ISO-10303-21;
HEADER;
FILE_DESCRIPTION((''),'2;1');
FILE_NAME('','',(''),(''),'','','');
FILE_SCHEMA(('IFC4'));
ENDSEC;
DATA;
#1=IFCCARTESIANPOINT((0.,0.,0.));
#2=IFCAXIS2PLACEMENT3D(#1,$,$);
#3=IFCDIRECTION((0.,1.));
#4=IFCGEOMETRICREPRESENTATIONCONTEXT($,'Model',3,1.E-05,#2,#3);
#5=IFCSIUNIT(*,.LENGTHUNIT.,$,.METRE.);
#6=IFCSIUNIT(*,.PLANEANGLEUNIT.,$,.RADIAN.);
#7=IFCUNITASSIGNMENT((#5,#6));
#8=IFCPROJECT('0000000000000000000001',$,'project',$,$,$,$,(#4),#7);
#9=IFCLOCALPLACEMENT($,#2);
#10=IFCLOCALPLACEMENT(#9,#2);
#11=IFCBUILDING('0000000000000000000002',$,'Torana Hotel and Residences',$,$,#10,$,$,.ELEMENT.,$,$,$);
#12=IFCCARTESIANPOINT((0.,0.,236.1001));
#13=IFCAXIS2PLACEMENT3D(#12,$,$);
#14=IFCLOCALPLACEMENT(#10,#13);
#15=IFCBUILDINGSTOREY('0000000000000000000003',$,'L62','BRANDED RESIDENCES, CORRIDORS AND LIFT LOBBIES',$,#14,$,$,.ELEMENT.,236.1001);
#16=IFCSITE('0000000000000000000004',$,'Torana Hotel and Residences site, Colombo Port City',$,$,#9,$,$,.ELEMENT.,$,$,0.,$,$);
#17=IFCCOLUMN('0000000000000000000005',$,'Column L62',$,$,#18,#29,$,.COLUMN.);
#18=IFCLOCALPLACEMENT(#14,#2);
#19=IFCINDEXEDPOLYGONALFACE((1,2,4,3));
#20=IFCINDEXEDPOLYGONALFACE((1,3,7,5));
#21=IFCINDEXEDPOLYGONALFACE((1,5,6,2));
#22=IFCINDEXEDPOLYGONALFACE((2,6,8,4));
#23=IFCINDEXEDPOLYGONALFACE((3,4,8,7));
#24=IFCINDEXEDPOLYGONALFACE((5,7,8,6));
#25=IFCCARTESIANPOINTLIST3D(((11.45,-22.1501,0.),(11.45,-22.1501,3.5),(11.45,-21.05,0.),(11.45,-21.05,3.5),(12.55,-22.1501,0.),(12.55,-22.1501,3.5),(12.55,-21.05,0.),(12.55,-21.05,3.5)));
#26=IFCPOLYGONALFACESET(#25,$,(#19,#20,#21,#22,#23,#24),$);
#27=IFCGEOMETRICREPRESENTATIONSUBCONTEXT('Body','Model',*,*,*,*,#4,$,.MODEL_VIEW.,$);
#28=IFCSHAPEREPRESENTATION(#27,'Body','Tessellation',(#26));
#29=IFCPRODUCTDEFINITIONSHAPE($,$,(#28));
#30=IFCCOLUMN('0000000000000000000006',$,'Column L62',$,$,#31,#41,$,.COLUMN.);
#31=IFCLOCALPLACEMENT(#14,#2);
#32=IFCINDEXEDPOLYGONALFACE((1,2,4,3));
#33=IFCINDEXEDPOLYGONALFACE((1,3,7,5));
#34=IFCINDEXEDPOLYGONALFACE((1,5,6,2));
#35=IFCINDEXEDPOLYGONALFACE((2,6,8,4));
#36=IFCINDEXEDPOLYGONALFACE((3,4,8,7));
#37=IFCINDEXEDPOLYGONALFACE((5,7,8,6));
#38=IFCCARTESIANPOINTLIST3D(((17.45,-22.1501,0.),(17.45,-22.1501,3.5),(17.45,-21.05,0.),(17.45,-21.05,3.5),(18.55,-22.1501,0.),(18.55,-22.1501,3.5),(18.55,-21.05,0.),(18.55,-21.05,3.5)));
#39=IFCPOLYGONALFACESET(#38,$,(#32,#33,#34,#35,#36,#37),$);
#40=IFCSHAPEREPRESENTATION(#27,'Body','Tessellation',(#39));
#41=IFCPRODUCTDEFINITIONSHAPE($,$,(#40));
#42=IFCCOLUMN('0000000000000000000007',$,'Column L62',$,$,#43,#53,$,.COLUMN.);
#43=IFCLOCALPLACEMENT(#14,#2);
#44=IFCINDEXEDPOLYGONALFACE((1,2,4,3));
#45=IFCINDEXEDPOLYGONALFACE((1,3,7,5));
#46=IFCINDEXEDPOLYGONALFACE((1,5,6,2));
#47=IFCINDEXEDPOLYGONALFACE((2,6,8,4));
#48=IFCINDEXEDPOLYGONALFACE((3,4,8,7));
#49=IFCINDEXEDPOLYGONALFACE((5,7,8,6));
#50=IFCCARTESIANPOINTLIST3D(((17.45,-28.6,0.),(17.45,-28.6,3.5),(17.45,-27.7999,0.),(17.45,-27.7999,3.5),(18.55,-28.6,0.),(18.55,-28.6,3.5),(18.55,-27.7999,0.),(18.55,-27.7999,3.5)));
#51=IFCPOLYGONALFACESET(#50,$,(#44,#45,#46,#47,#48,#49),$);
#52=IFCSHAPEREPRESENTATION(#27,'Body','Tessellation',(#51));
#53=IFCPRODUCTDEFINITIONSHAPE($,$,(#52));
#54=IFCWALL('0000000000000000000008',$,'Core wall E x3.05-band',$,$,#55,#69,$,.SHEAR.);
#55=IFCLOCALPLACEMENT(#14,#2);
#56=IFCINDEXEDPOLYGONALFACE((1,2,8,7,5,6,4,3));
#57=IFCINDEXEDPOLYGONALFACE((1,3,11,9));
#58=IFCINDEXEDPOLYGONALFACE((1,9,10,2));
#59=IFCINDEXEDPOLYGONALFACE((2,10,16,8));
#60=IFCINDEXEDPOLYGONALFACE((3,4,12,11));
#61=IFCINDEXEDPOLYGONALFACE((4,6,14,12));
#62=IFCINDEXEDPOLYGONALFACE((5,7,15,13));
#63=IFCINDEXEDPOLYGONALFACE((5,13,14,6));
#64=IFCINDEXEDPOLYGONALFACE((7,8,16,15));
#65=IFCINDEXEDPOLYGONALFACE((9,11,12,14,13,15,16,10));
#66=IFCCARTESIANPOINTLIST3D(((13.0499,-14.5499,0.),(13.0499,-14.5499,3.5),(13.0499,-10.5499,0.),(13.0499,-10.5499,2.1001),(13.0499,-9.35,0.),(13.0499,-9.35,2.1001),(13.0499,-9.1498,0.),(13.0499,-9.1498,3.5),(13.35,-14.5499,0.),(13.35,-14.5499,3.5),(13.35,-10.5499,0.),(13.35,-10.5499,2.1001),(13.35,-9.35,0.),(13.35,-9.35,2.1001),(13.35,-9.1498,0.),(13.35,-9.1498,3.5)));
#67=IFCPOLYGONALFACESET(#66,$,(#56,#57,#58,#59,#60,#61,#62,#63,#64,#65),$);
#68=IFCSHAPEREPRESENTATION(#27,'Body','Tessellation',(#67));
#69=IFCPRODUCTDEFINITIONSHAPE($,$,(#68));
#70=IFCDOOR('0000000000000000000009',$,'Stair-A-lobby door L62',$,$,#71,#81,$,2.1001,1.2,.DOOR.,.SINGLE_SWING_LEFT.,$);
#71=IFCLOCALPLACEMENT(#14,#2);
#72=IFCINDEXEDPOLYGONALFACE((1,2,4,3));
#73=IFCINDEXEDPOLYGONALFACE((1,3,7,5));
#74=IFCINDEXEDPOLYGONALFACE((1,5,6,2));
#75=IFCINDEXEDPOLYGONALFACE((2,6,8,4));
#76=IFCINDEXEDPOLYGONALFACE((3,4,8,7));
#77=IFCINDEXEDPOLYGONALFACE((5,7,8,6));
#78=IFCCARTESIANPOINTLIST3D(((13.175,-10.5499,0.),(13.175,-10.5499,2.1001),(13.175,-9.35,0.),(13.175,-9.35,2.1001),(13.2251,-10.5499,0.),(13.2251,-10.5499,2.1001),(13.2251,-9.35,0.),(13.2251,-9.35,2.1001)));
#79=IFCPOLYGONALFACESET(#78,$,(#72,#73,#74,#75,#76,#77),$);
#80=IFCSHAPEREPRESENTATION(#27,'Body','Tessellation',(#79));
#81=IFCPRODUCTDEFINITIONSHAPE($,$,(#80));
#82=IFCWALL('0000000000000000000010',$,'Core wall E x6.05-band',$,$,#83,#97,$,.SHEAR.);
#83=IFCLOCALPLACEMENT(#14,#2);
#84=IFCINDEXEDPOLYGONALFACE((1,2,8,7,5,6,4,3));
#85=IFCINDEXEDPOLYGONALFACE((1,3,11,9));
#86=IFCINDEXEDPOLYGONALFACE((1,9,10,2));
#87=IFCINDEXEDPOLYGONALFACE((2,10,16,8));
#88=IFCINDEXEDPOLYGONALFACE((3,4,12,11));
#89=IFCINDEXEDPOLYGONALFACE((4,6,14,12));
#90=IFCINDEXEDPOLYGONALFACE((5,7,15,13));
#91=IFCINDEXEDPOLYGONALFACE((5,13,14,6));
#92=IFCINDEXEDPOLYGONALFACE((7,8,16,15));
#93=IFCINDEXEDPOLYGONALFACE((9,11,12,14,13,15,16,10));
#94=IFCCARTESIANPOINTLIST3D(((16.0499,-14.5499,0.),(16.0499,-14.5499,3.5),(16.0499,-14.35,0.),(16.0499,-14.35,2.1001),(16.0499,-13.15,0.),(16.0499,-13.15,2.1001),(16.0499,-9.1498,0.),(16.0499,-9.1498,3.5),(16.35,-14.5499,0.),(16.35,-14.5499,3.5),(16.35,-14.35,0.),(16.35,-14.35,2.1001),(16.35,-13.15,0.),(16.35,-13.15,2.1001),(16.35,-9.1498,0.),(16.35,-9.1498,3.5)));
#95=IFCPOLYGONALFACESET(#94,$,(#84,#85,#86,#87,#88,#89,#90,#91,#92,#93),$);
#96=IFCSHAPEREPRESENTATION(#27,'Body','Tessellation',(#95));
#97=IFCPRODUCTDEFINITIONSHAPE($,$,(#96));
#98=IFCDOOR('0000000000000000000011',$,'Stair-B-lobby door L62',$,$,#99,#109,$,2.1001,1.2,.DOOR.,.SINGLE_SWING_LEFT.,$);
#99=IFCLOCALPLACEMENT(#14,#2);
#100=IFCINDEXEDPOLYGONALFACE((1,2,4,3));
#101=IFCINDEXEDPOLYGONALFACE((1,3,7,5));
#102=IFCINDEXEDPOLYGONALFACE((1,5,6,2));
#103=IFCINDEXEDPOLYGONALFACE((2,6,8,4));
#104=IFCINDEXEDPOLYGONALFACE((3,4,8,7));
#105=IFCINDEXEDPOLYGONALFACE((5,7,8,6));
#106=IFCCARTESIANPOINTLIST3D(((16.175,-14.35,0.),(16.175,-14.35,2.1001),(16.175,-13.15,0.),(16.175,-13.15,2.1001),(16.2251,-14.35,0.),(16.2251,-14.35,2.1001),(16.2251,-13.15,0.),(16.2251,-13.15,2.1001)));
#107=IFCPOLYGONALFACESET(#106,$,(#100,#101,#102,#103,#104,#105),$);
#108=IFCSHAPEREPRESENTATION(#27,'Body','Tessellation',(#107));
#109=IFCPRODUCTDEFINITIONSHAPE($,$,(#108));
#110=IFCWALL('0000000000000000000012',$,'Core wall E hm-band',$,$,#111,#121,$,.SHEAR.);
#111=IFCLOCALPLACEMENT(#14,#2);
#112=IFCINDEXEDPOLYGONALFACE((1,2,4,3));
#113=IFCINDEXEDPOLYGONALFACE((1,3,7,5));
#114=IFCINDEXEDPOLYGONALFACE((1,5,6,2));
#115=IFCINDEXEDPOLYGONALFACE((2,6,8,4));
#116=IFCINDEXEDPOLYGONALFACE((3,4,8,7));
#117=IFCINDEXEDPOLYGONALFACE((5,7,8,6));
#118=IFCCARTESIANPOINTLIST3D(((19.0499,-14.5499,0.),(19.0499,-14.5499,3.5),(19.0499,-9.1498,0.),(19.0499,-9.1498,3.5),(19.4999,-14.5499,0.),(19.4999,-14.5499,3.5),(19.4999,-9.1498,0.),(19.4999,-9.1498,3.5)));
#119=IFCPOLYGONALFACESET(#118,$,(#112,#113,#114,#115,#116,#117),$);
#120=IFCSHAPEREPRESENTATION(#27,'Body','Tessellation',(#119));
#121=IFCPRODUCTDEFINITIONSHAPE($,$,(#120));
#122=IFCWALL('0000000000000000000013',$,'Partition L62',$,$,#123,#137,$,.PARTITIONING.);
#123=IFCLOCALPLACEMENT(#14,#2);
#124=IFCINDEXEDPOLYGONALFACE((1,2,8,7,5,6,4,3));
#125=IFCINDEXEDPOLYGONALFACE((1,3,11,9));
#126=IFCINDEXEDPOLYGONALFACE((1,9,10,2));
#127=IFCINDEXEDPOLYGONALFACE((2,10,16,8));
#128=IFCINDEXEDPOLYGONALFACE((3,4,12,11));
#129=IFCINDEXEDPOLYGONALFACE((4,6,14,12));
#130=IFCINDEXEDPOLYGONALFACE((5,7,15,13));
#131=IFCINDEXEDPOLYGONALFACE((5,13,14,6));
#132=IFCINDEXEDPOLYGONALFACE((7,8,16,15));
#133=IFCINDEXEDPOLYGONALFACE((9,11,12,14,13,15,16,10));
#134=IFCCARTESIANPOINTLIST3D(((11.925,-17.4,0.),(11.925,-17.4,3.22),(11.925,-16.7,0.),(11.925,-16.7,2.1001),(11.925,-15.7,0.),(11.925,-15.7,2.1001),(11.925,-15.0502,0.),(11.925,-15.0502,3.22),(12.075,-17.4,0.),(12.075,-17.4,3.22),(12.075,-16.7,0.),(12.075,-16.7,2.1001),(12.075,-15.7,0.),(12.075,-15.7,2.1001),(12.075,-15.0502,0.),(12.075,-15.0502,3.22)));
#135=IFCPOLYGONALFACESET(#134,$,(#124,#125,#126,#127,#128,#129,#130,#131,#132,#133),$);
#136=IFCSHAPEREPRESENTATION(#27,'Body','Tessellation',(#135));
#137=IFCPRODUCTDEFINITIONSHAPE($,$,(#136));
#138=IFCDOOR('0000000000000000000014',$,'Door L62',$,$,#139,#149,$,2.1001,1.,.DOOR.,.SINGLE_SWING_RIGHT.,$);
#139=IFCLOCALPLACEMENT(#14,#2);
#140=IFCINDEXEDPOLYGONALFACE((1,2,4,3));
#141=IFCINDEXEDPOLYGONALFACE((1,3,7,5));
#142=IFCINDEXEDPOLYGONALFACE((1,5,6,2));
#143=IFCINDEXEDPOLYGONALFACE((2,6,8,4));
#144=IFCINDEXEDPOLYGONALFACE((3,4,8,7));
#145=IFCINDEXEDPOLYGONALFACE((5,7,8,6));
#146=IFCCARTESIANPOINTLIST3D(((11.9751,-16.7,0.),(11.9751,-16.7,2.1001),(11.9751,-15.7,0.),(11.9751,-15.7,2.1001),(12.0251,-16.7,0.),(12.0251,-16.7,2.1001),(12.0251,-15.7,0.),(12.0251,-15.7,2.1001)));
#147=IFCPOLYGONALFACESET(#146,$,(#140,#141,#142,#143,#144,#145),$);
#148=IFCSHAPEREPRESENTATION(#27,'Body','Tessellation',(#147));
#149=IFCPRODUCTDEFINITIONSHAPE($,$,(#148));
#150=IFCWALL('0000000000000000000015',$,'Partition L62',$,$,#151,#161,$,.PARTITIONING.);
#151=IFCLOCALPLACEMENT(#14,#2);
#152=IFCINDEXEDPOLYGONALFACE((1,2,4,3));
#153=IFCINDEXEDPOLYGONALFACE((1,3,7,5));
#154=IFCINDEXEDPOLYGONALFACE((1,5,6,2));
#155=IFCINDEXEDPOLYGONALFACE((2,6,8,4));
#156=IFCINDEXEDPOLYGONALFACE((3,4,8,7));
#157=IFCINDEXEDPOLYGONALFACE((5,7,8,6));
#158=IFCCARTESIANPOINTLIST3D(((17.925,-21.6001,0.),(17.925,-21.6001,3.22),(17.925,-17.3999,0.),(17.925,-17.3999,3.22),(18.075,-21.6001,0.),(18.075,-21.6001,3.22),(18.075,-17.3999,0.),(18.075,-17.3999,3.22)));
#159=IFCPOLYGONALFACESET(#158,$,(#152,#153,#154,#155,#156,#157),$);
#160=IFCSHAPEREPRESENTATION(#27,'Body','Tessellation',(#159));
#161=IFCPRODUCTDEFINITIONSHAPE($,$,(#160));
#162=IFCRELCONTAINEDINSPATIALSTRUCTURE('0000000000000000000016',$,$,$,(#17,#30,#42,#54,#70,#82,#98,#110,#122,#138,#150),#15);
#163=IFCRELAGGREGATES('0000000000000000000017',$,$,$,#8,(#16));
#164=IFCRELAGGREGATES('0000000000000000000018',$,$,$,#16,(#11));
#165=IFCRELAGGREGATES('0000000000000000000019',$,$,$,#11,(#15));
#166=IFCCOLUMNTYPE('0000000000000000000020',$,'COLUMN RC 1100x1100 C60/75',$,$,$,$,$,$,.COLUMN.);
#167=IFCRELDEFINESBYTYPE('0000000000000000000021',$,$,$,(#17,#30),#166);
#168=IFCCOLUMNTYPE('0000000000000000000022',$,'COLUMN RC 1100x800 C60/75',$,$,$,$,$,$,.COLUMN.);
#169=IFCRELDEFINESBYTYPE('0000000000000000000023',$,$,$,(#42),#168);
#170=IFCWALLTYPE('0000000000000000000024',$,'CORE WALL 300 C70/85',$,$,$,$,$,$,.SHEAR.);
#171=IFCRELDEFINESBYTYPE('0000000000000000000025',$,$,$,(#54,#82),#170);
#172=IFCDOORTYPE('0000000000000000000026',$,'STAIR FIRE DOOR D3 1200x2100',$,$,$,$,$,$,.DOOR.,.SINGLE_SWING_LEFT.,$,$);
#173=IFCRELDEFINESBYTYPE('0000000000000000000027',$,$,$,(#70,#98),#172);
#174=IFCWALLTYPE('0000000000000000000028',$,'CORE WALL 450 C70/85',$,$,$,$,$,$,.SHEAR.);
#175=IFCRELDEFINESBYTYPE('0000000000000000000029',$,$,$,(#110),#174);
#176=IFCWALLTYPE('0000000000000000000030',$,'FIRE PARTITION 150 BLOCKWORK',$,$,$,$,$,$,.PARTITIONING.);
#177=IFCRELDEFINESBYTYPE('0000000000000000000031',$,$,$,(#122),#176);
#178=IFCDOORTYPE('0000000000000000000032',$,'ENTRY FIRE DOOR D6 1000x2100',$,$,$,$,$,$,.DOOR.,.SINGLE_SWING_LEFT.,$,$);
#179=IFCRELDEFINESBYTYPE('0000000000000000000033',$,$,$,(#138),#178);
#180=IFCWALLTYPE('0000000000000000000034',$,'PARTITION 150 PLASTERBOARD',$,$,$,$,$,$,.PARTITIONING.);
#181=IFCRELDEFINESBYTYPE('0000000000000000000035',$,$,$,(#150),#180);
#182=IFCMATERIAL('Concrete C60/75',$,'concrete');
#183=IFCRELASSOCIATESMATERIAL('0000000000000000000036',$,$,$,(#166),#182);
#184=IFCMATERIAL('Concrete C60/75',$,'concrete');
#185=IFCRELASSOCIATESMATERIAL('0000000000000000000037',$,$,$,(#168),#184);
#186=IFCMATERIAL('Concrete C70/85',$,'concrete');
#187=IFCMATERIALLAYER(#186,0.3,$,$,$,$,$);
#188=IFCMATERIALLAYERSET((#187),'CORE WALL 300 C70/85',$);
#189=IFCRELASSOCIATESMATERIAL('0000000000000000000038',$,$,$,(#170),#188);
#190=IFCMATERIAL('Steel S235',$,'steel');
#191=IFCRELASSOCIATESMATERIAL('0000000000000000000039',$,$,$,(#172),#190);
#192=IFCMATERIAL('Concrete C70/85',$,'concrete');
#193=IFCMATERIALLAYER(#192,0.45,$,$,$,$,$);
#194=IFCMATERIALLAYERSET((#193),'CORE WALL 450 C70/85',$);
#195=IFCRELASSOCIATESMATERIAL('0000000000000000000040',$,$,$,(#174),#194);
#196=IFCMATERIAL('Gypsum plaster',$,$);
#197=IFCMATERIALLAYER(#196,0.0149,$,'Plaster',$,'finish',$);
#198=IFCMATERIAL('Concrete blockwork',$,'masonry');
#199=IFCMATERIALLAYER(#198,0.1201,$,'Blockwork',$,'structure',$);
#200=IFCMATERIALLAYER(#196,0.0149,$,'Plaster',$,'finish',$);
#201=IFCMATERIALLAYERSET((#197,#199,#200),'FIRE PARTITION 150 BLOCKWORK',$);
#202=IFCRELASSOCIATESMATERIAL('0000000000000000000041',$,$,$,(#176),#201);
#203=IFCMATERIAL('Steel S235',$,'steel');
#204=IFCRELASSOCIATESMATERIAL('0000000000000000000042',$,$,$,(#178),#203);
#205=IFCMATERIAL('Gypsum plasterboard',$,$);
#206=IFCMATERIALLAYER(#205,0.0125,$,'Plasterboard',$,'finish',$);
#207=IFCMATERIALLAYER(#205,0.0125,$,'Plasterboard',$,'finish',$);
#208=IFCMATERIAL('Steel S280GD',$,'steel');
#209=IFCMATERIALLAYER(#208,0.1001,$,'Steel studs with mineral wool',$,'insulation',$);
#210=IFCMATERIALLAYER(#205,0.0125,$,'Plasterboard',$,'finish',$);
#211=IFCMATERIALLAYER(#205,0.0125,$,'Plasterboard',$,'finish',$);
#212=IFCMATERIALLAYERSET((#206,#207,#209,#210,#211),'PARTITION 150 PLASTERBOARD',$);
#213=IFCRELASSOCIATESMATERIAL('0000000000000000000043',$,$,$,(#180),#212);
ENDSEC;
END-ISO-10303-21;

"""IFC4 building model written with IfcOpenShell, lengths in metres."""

from ifc_helpers import new_model, si_unit, direction, frame, frame_2d, origin, origin_2d, place, context, subcontext, project, spatial, rectangle, extrude, material, layer, layer_set, material_profile, profile_set, type_object, element, fill, save


model = new_model("IFC4")

# Units and contexts
model_context = context("Model", 3, precision=1e-05, world=origin(), true_north=direction((0.0, 1.0)))
body_context = subcontext(model_context, "Body", "Model", "MODEL_VIEW")
ifc_project = project(units=[si_unit("LENGTHUNIT", "METRE"), si_unit("PLANEANGLEUNIT", "RADIAN")], contexts=[model_context])

# Site, building, storey
site_placement = place(None, origin())
site = spatial("IfcSite", under=ifc_project, at=site_placement, Name="Torana Hotel and Residences site, Colombo Port City", CompositionType="ELEMENT", RefElevation=0.0)
building_placement = place(site_placement, origin())
building = spatial("IfcBuilding", under=site, at=building_placement, Name="Torana Hotel and Residences", CompositionType="ELEMENT")
storey_placement = place(building_placement, frame((0.0, 0.0, 236.1001)))
storey = spatial("IfcBuildingStorey", under=building, at=storey_placement, Name="L62", Description="BRANDED RESIDENCES, CORRIDORS AND LIFT LOBBIES", CompositionType="ELEMENT", Elevation=236.1001)

# Columns
ifc_material_1 = material(Name="Concrete C60/75", Category="concrete")
ifc_material_profile_1 = material_profile(ifc_material_1, rectangle(XDim=1.1001, YDim=1.1001, at=origin_2d()), Name="RC 1100x1100")
ifc_profile_set_1 = profile_set([ifc_material_profile_1], Name="Concrete C60/75")
column_type_1 = type_object("IfcColumnType", Name="COLUMN RC 1100x1100 C60/75", PredefinedType="COLUMN", material=ifc_profile_set_1)
for number, where, z_axis, x_axis, name in (
    (1, (12.0, -21.6001, 0.0), (0.0, 0.0, 1.0), (1.0, 0.0, 0.0), "Column L62"),
    (2, (18.0, -21.6001, 0.0), (0.0, 0.0, 1.0), (1.0, 0.0, 0.0), "Column L62"),
):
    element("IfcColumn", number, at=place(storey_placement, frame(where, z_axis=z_axis, x_axis=x_axis)), inside=storey, type_object=column_type_1, Name=name, PredefinedType="COLUMN", context=body_context, shape_type="SweptSolid", body=[
        extrude(rectangle(XDim=1.1001, YDim=1.1001, at=origin_2d()), origin(), (0.0, 0.0, 1.0), 3.5),
    ])
ifc_material_2 = material(Name="Concrete C60/75", Category="concrete")
ifc_material_profile_2 = material_profile(ifc_material_2, rectangle(XDim=1.1001, YDim=0.8, at=origin_2d()), Name="RC 1100x800")
ifc_profile_set_2 = profile_set([ifc_material_profile_2], Name="Concrete C60/75")
column_type_2 = type_object("IfcColumnType", Name="COLUMN RC 1100x800 C60/75", PredefinedType="COLUMN", material=ifc_profile_set_2)
column_placement = place(storey_placement, frame((18.0, -28.2, 0.0), z_axis=(0.0, 0.0, 1.0), x_axis=(1.0, 0.0, 0.0)))
element("IfcColumn", 3, at=column_placement, inside=storey, type_object=column_type_2, Name="Column L62", PredefinedType="COLUMN", context=body_context, shape_type="SweptSolid", body=[
    extrude(rectangle(XDim=1.1001, YDim=0.8, at=origin_2d()), origin(), (0.0, 0.0, 1.0), 3.5),
])

# Walls, openings, doors
ifc_material_3 = material(Name="Concrete C70/85", Category="concrete")
ifc_layer_1 = layer(ifc_material_3, 0.3)
ifc_layer_set_1 = layer_set([ifc_layer_1], Name="CORE WALL 300 C70/85")
wall_type_1 = type_object("IfcWallType", Name="CORE WALL 300 C70/85", PredefinedType="SHEAR", material=ifc_layer_set_1)
wall_1_placement = place(storey_placement, frame((13.2, -14.55, 0.0), z_axis=(0.0, 0.0, 1.0), x_axis=(0.0, 1.0, 0.0)))
wall_1 = element("IfcWall", 4, at=wall_1_placement, inside=storey, type_object=wall_type_1, Name="Core wall E x3.05-band", PredefinedType="SHEAR", context=body_context, shape_type="SweptSolid", body=[
    extrude(rectangle(XDim=5.4001, YDim=0.3, at=frame_2d((2.7002, 0.0))), origin(), (0.0, 0.0, 1.0), 3.5),
])
opening_1_placement = place(wall_1_placement, frame((4.0, 0.0, 0.0)))
opening_1 = element("IfcOpeningElement", 5, at=opening_1_placement, cuts=wall_1, PredefinedType="OPENING", context=body_context, shape_type="SweptSolid", body=[
    extrude(rectangle(XDim=1.2, YDim=2.1001, at=frame_2d((0.6001, 1.05))), frame((0.0, 0.1599, 0.0), z_axis=(0.0, -1.0, 0.0), x_axis=(1.0, 0.0, 0.0)), (0.0, 0.0, 1.0), 0.3201),
])
ifc_material_4 = material(Name="Steel S235", Category="steel")
door_type_1 = type_object("IfcDoorType", Name="STAIR FIRE DOOR D3 1200x2100", OperationType="SINGLE_SWING_LEFT", PredefinedType="DOOR", material=ifc_material_4)
door_1_placement = place(opening_1_placement, origin())
door_1 = element("IfcDoor", 6, at=door_1_placement, inside=storey, type_object=door_type_1, Name="Stair-A-lobby door L62", OperationType="SINGLE_SWING_LEFT", OverallHeight=2.1001, OverallWidth=1.2, PredefinedType="DOOR", context=body_context, shape_type="SweptSolid", body=[
    extrude(rectangle(XDim=1.2, YDim=2.1001, at=frame_2d((0.6001, 1.05))), frame((0.0, 0.0249, 0.0), z_axis=(0.0, -1.0, 0.0), x_axis=(1.0, 0.0, 0.0)), (0.0, 0.0, 1.0), 0.05),
])
fill(opening_1, door_1)
wall_2_placement = place(storey_placement, frame((16.2, -14.55, 0.0), z_axis=(0.0, 0.0, 1.0), x_axis=(0.0, 1.0, 0.0)))
wall_2 = element("IfcWall", 7, at=wall_2_placement, inside=storey, type_object=wall_type_1, Name="Core wall E x6.05-band", PredefinedType="SHEAR", context=body_context, shape_type="SweptSolid", body=[
    extrude(rectangle(XDim=5.4001, YDim=0.3, at=frame_2d((2.7002, 0.0))), origin(), (0.0, 0.0, 1.0), 3.5),
])
opening_2_placement = place(wall_2_placement, frame((0.2, 0.0, 0.0)))
opening_2 = element("IfcOpeningElement", 8, at=opening_2_placement, cuts=wall_2, PredefinedType="OPENING", context=body_context, shape_type="SweptSolid", body=[
    extrude(rectangle(XDim=1.2, YDim=2.1001, at=frame_2d((0.6001, 1.05))), frame((0.0, 0.1599, 0.0), z_axis=(0.0, -1.0, 0.0), x_axis=(1.0, 0.0, 0.0)), (0.0, 0.0, 1.0), 0.3201),
])
door_2_placement = place(opening_2_placement, frame((0.6001, 0.0, 0.0), z_axis=(0.0, 0.0, 1.0), x_axis=(-1.0, 0.0, 0.0)))
door_2 = element("IfcDoor", 9, at=door_2_placement, inside=storey, type_object=door_type_1, Name="Stair-B-lobby door L62", OperationType="SINGLE_SWING_LEFT", OverallHeight=2.1001, OverallWidth=1.2, PredefinedType="DOOR", context=body_context, shape_type="SweptSolid", body=[
    extrude(rectangle(XDim=1.2, YDim=2.1001, at=frame_2d((0.0, 1.05))), frame((0.0, -0.0249, 0.0), z_axis=(0.0, 1.0, 0.0), x_axis=(-1.0, 0.0, 0.0)), (0.0, 0.0, 1.0), 0.05),
])
fill(opening_2, door_2)

# Wall
ifc_material_5 = material(Name="Concrete C70/85", Category="concrete")
ifc_layer_2 = layer(ifc_material_5, 0.45)
ifc_layer_set_2 = layer_set([ifc_layer_2], Name="CORE WALL 450 C70/85")
wall_type_2 = type_object("IfcWallType", Name="CORE WALL 450 C70/85", PredefinedType="SHEAR", material=ifc_layer_set_2)
wall_3_placement = place(storey_placement, frame((19.2749, -14.55, 0.0), z_axis=(0.0, 0.0, 1.0), x_axis=(0.0, 1.0, 0.0)))
element("IfcWall", 10, at=wall_3_placement, inside=storey, type_object=wall_type_2, Name="Core wall E hm-band", PredefinedType="SHEAR", context=body_context, shape_type="SweptSolid", body=[
    extrude(rectangle(XDim=5.4001, YDim=0.45, at=frame_2d((2.7002, 0.0))), origin(), (0.0, 0.0, 1.0), 3.5),
])

# Wall, opening, door
ifc_material_6 = material(Name="Gypsum plaster")
ifc_layer_3 = layer(ifc_material_6, 0.0149, Name="Plaster", Category="finish")
ifc_material_7 = material(Name="Concrete blockwork", Category="masonry")
ifc_layer_4 = layer(ifc_material_7, 0.1201, Name="Blockwork", Category="structure")
ifc_layer_5 = layer(ifc_material_6, 0.0149, Name="Plaster", Category="finish")
ifc_layer_set_3 = layer_set([ifc_layer_3, ifc_layer_4, ifc_layer_5], Name="FIRE PARTITION 150 BLOCKWORK")
wall_type_3 = type_object("IfcWallType", Name="FIRE PARTITION 150 BLOCKWORK", PredefinedType="PARTITIONING", material=ifc_layer_set_3)
wall_4_placement = place(storey_placement, frame((12.0, -17.3999, 0.0), z_axis=(0.0, 0.0, 1.0), x_axis=(0.0, 1.0, 0.0)))
wall_4 = element("IfcWall", 11, at=wall_4_placement, inside=storey, type_object=wall_type_3, Name="Partition L62", PredefinedType="PARTITIONING", context=body_context, shape_type="SweptSolid", body=[
    extrude(rectangle(XDim=2.3499, YDim=0.1499, at=frame_2d((1.1748, 0.0))), origin(), (0.0, 0.0, 1.0), 3.22),
])
opening_3_placement = place(wall_4_placement, frame((0.7, 0.0, 0.0)))
opening_3 = element("IfcOpeningElement", 12, at=opening_3_placement, cuts=wall_4, PredefinedType="OPENING", context=body_context, shape_type="SweptSolid", body=[
    extrude(rectangle(XDim=1.0, YDim=2.1001, at=frame_2d((0.5, 1.05))), frame((0.0, 0.085, 0.0), z_axis=(0.0, -1.0, 0.0), x_axis=(1.0, 0.0, 0.0)), (0.0, 0.0, 1.0), 0.1699),
])
ifc_material_8 = material(Name="Steel S235", Category="steel")
door_type_2 = type_object("IfcDoorType", Name="ENTRY FIRE DOOR D6 1000x2100", OperationType="SINGLE_SWING_LEFT", PredefinedType="DOOR", material=ifc_material_8)
door_3_placement = place(opening_3_placement, origin())
door_3 = element("IfcDoor", 13, at=door_3_placement, inside=storey, type_object=door_type_2, Name="Door L62", OperationType="SINGLE_SWING_RIGHT", OverallHeight=2.1001, OverallWidth=1.0, PredefinedType="DOOR", context=body_context, shape_type="SweptSolid", body=[
    extrude(rectangle(XDim=1.0, YDim=2.1001, at=frame_2d((0.5, 1.05))), frame((0.0, 0.0249, 0.0), z_axis=(0.0, -1.0, 0.0), x_axis=(1.0, 0.0, 0.0)), (0.0, 0.0, 1.0), 0.05),
])
fill(opening_3, door_3)

# Wall
ifc_material_9 = material(Name="Gypsum plasterboard")
ifc_layer_6 = layer(ifc_material_9, 0.0125, Name="Plasterboard", Category="finish")
ifc_layer_7 = layer(ifc_material_9, 0.0125, Name="Plasterboard", Category="finish")
ifc_material_10 = material(Name="Steel S280GD", Category="steel")
ifc_layer_8 = layer(ifc_material_10, 0.1001, Name="Steel studs with mineral wool", Category="insulation")
ifc_layer_9 = layer(ifc_material_9, 0.0125, Name="Plasterboard", Category="finish")
ifc_layer_10 = layer(ifc_material_9, 0.0125, Name="Plasterboard", Category="finish")
ifc_layer_set_4 = layer_set([ifc_layer_6, ifc_layer_7, ifc_layer_8, ifc_layer_9, ifc_layer_10], Name="PARTITION 150 PLASTERBOARD")
wall_type_4 = type_object("IfcWallType", Name="PARTITION 150 PLASTERBOARD", PredefinedType="PARTITIONING", material=ifc_layer_set_4)
wall_5_placement = place(storey_placement, frame((18.0, -21.6001, 0.0), z_axis=(0.0, 0.0, 1.0), x_axis=(0.0, 1.0, 0.0)))
element("IfcWall", 14, at=wall_5_placement, inside=storey, type_object=wall_type_4, Name="Partition L62", PredefinedType="PARTITIONING", context=body_context, shape_type="SweptSolid", body=[
    extrude(rectangle(XDim=4.2002, YDim=0.1499, at=frame_2d((2.1001, 0.0))), origin(), (0.0, 0.0, 1.0), 3.22),
])

save(model, "model.ifc")
